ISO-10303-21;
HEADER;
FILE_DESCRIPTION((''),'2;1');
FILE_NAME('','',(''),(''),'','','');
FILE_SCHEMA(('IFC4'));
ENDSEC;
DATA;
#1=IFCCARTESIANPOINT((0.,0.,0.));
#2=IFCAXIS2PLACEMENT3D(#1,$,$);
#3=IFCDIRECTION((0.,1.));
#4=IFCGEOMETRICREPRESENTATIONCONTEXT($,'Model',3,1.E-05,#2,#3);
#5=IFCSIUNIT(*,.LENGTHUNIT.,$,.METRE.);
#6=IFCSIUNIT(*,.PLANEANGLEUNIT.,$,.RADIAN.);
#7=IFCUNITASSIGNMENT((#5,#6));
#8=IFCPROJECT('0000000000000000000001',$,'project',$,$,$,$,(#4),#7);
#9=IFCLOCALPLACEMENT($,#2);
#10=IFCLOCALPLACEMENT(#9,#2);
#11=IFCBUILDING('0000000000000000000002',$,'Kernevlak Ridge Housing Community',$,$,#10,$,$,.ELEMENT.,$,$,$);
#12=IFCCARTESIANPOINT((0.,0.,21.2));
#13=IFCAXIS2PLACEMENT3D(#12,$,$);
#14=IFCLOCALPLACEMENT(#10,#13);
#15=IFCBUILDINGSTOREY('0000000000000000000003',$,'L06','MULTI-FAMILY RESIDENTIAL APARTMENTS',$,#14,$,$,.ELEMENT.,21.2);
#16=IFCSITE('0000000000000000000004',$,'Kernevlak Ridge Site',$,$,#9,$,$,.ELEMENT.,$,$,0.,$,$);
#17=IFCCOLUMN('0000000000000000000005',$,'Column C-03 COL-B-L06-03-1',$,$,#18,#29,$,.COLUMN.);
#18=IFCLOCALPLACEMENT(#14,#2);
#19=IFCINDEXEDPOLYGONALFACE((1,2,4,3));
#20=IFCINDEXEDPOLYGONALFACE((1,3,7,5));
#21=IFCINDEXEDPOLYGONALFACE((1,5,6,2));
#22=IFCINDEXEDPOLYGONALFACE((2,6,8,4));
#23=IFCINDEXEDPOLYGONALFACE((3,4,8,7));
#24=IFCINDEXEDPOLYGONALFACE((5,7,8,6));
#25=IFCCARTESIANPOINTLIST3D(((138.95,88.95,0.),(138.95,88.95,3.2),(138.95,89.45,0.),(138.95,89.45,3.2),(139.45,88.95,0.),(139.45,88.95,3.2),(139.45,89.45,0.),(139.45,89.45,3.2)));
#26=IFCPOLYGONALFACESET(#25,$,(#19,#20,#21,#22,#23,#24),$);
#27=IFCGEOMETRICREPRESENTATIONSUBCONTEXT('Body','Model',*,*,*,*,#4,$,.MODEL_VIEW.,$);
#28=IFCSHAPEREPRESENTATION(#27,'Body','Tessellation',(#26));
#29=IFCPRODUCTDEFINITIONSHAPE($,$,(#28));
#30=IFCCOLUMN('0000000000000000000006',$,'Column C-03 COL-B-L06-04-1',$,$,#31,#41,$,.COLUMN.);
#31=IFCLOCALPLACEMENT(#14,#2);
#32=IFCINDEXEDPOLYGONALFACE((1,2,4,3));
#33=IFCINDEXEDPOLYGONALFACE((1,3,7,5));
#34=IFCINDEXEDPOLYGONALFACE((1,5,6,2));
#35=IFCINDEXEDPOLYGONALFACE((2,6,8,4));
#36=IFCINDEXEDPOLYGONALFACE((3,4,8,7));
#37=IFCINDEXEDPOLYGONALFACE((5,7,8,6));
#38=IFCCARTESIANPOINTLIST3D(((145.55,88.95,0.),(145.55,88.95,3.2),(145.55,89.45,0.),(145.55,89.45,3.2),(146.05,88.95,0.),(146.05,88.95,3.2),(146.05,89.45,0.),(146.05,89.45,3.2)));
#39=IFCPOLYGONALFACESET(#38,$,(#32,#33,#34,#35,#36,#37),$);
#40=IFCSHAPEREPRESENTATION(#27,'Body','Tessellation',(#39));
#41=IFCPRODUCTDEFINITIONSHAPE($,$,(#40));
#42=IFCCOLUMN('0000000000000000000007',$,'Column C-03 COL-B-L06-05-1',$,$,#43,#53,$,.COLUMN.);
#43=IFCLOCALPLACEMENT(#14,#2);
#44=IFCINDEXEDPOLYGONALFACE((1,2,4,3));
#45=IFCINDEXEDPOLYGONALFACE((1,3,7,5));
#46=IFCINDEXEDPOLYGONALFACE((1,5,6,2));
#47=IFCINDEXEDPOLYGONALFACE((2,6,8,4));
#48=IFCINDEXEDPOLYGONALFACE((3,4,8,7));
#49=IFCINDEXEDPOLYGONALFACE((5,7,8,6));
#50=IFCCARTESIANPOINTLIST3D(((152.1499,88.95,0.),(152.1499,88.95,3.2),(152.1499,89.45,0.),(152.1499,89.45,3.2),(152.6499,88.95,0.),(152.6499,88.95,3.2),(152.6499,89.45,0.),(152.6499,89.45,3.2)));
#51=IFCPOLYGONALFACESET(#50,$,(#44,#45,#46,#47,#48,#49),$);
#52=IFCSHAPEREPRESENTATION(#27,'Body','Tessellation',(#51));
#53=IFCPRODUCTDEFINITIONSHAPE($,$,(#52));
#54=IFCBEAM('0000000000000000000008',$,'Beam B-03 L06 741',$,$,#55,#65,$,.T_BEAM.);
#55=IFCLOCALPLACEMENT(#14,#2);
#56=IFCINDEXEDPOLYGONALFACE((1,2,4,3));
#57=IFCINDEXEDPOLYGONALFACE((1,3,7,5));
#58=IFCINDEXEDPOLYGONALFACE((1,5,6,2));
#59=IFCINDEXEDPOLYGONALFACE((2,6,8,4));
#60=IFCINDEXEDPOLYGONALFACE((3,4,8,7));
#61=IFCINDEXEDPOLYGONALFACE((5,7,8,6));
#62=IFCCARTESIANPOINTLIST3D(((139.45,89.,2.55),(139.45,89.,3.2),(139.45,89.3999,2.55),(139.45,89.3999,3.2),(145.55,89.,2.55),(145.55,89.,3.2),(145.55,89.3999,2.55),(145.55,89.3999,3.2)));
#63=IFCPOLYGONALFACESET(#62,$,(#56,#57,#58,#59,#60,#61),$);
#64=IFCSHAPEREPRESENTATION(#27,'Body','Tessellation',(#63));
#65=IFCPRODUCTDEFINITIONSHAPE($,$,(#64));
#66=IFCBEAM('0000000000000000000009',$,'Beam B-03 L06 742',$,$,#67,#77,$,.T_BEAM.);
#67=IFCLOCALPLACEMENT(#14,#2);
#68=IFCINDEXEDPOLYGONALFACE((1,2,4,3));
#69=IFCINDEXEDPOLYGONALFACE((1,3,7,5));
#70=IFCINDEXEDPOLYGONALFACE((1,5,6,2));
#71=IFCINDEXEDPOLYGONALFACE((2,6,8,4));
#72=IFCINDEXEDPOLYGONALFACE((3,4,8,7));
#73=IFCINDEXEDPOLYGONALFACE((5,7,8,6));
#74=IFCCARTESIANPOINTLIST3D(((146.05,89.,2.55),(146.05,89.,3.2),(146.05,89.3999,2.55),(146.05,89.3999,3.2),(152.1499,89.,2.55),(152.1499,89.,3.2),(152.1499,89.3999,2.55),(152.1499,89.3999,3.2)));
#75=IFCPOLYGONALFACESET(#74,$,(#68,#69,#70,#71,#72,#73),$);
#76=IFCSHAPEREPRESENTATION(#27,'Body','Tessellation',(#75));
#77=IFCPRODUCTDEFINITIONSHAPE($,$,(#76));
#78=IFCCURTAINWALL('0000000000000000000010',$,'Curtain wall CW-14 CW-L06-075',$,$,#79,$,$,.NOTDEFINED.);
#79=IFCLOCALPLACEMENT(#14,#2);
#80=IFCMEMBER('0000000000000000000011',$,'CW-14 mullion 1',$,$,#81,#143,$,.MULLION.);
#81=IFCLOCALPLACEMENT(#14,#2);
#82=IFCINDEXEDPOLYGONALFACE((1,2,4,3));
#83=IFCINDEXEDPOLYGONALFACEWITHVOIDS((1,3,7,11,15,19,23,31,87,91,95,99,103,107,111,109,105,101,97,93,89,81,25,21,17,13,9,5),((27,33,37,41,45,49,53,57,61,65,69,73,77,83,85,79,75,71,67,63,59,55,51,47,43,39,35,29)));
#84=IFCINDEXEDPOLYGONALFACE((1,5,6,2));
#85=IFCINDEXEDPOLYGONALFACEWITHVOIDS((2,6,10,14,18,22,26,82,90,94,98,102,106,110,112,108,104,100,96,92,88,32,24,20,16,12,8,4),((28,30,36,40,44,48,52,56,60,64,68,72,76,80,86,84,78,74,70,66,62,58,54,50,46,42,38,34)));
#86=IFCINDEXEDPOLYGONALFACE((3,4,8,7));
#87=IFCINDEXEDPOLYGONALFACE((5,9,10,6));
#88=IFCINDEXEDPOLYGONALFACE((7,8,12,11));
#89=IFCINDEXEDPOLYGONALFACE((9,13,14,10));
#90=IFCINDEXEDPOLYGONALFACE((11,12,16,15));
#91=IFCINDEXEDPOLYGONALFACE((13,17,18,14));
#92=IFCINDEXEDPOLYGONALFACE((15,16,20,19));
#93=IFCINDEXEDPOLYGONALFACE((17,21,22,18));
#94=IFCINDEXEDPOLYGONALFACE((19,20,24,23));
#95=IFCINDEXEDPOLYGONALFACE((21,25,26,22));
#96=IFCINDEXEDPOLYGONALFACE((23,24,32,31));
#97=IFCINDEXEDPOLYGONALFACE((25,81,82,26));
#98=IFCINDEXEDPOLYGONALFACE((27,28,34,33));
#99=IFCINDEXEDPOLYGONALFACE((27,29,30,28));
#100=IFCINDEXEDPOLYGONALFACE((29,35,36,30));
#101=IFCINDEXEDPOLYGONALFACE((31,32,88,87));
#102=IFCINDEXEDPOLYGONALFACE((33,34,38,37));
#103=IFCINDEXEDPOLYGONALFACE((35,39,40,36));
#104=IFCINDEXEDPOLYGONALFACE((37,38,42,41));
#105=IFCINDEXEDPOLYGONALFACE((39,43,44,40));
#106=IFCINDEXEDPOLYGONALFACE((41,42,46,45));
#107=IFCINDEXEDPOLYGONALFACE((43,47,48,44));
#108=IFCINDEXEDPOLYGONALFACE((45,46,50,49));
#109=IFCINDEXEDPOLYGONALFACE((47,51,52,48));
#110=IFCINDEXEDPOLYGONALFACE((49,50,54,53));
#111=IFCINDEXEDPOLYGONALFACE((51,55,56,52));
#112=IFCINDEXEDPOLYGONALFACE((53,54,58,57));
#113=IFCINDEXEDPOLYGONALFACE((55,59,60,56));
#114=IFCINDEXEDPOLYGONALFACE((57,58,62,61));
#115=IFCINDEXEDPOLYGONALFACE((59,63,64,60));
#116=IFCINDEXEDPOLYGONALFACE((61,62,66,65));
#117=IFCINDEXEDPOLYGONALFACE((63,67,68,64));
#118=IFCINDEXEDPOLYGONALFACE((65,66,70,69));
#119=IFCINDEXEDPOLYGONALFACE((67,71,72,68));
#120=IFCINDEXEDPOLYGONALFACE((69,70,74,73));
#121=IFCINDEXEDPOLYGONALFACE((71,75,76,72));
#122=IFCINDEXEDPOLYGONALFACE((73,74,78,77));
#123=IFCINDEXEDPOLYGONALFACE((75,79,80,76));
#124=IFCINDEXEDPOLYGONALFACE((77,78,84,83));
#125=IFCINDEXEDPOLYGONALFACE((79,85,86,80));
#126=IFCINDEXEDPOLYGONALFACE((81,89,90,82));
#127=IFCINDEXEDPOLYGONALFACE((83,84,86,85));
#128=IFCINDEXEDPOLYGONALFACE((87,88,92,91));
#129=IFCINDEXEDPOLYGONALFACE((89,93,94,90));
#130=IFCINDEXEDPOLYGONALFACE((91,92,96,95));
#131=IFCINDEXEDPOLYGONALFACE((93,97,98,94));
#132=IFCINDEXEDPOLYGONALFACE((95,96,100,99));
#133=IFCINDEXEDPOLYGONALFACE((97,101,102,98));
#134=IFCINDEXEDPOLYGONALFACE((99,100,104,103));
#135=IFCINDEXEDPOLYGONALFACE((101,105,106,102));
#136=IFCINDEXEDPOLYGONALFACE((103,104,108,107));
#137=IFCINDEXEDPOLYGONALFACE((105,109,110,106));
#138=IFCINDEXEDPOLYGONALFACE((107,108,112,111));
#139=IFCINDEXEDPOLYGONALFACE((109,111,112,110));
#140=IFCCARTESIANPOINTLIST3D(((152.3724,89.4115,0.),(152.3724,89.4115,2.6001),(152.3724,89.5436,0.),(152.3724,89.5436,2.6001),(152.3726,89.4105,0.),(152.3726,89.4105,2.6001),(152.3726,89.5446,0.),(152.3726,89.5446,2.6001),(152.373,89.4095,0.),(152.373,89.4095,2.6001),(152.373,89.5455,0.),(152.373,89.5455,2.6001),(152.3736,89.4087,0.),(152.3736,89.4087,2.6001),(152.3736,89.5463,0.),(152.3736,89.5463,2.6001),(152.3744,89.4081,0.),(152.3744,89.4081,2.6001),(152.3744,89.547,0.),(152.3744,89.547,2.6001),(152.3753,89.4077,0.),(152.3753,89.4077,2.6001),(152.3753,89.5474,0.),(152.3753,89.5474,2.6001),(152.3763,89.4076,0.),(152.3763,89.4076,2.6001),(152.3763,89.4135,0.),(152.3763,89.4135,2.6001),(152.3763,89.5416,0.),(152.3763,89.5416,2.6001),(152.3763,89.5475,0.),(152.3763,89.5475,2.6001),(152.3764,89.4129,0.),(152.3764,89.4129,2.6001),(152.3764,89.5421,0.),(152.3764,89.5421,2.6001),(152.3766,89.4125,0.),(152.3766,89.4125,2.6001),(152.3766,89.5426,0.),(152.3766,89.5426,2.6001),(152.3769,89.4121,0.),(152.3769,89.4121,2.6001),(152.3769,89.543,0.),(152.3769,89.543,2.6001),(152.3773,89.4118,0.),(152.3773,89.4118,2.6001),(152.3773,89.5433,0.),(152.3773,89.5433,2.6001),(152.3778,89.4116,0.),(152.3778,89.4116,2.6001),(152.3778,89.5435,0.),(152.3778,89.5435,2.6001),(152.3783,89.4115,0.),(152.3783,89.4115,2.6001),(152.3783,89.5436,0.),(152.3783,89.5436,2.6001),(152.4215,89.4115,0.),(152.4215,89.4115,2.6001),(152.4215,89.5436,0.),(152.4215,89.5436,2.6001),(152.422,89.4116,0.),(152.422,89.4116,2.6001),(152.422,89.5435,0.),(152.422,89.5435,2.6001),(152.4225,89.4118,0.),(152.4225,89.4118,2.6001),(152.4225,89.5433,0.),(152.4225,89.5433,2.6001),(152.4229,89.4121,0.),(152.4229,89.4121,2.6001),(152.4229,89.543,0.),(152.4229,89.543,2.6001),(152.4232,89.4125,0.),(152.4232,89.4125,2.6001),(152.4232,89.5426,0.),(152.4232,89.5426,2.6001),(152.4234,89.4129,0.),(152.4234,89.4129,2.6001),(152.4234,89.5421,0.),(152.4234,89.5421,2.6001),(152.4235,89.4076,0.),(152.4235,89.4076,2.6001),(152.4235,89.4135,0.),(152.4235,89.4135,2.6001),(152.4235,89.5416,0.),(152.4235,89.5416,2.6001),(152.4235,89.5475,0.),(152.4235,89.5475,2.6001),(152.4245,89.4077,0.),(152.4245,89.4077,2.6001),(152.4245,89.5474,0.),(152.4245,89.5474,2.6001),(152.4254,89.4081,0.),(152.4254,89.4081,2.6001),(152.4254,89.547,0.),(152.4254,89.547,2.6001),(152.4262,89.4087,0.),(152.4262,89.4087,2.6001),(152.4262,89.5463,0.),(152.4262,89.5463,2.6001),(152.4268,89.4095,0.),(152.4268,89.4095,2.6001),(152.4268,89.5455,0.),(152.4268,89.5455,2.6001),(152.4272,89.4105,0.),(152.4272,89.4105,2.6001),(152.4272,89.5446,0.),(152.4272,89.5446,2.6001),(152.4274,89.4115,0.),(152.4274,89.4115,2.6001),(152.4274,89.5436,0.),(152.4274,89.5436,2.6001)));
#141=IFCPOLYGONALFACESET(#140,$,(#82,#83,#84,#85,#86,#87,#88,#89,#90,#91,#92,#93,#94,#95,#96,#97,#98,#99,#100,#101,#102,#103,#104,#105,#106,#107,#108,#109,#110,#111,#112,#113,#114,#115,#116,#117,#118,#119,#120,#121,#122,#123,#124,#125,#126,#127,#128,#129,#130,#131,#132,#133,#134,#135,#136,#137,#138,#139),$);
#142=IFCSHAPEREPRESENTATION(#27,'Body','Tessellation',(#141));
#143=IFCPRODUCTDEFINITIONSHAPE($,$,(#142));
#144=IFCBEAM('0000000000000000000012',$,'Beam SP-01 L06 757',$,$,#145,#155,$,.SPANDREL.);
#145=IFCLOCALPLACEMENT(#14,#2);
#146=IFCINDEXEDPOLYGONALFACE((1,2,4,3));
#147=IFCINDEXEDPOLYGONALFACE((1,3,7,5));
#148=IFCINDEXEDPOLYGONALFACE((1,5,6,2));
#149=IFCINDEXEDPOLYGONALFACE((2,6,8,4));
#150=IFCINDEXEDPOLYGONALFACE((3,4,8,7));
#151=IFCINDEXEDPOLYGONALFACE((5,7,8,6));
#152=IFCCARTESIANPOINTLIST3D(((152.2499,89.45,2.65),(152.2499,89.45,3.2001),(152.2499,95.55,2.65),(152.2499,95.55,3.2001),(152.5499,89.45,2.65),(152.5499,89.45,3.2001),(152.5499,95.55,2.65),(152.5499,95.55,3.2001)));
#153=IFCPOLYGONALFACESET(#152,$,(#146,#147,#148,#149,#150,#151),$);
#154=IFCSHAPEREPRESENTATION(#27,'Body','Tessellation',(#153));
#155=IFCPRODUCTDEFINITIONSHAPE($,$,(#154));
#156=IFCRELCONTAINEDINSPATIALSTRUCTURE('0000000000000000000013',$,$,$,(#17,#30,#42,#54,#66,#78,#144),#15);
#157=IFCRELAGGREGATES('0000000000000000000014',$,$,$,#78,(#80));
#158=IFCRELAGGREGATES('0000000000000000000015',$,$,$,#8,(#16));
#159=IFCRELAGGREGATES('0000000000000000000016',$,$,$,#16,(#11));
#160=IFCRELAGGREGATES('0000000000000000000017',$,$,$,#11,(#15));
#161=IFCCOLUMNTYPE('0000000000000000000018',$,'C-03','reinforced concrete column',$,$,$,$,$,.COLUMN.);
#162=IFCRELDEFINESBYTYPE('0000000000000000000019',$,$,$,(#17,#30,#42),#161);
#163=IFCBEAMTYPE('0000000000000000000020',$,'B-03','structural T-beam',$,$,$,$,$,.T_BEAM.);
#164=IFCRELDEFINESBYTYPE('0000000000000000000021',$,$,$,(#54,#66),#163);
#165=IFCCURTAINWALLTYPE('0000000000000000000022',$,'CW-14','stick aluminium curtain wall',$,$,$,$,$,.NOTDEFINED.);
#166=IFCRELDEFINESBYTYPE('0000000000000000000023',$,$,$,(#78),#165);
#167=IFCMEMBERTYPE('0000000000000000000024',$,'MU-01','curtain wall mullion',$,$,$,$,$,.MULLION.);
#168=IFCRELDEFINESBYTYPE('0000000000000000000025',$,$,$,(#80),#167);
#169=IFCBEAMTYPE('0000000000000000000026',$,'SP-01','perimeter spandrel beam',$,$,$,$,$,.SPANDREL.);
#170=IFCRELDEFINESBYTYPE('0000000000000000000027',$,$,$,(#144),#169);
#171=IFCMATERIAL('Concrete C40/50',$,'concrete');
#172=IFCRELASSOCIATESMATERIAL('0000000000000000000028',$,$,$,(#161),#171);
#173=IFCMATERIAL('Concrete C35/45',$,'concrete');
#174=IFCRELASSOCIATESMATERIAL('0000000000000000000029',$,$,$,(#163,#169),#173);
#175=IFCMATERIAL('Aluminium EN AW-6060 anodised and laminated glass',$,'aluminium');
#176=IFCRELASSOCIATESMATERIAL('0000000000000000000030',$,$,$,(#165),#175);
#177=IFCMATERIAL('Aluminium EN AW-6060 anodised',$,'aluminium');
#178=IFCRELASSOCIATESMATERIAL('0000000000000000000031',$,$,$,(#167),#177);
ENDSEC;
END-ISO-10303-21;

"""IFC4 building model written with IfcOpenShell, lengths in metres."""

from ifc_helpers import new_model, si_unit, direction, frame, origin, origin_2d, place, context, subcontext, project, spatial, rectangle, hollow_rectangle, extrude, material, material_profile, profile_set, type_object, element, aggregate, save


model = new_model("IFC4")

# Units and contexts
model_context = context("Model", 3, precision=1e-05, world=origin(), true_north=direction((0.0, 1.0)))
body_context = subcontext(model_context, "Body", "Model", "MODEL_VIEW")
ifc_project = project(units=[si_unit("LENGTHUNIT", "METRE"), si_unit("PLANEANGLEUNIT", "RADIAN")], contexts=[model_context])

# Site, building, storey
site_placement = place(None, origin())
site = spatial("IfcSite", under=ifc_project, at=site_placement, Name="Kernevlak Ridge Site", CompositionType="ELEMENT", RefElevation=0.0)
building_placement = place(site_placement, origin())
building = spatial("IfcBuilding", under=site, at=building_placement, Name="Kernevlak Ridge Housing Community", CompositionType="ELEMENT")
storey_placement = place(building_placement, frame((0.0, 0.0, 21.2)))
storey = spatial("IfcBuildingStorey", under=building, at=storey_placement, Name="L06", Description="MULTI-FAMILY RESIDENTIAL APARTMENTS", CompositionType="ELEMENT", Elevation=21.2)

# Columns
ifc_material_1 = material(Name="Concrete C40/50", Category="concrete")
ifc_material_profile_1 = material_profile(ifc_material_1, rectangle(XDim=0.5, YDim=0.5, at=origin_2d()), Name="RC 500x500")
ifc_profile_set_1 = profile_set([ifc_material_profile_1], Name="Concrete C40/50")
column_type = type_object("IfcColumnType", Name="C-03", Description="reinforced concrete column", PredefinedType="COLUMN", material=ifc_profile_set_1)
for number, where, z_axis, x_axis, name in (
    (1, (139.2, 89.2, 0.0), (0.0, 0.0, 1.0), (1.0, 0.0, 0.0), "Column C-03 COL-B-L06-03-1"),
    (2, (145.8, 89.2, 0.0), (0.0, 0.0, 1.0), (1.0, 0.0, 0.0), "Column C-03 COL-B-L06-04-1"),
    (3, (152.3999, 89.2, 0.0), (0.0, 0.0, 1.0), (1.0, 0.0, 0.0), "Column C-03 COL-B-L06-05-1"),
):
    element("IfcColumn", number, at=place(storey_placement, frame(where, z_axis=z_axis, x_axis=x_axis)), inside=storey, type_object=column_type, Name=name, PredefinedType="COLUMN", context=body_context, shape_type="SweptSolid", body=[
        extrude(rectangle(XDim=0.5, YDim=0.5, at=origin_2d()), origin(), (0.0, 0.0, 1.0), 3.2),
    ])

# Beams
ifc_material_2 = material(Name="Concrete C35/45", Category="concrete")
ifc_material_profile_2 = material_profile(ifc_material_2, rectangle(XDim=0.3999, YDim=0.6499, at=origin_2d()), Name="RC 400x650")
ifc_profile_set_2 = profile_set([ifc_material_profile_2], Name="Concrete C35/45")
beam_type_1 = type_object("IfcBeamType", Name="B-03", Description="structural T-beam", PredefinedType="T_BEAM", material=ifc_profile_set_2)
beam_1_placement = place(storey_placement, frame((139.45, 89.2, 2.875), z_axis=(1.0, 0.0, 0.0), x_axis=(0.0, 1.0, 0.0)))
element("IfcBeam", 4, at=beam_1_placement, inside=storey, type_object=beam_type_1, Name="Beam B-03 L06 741", PredefinedType="T_BEAM", context=body_context, shape_type="SweptSolid", body=[
    extrude(rectangle(XDim=0.3999, YDim=0.6499, at=origin_2d()), origin(), (0.0, 0.0, 1.0), 6.1001),
])
beam_2_placement = place(storey_placement, frame((146.05, 89.2, 2.875), z_axis=(1.0, 0.0, 0.0), x_axis=(0.0, 1.0, 0.0)))
element("IfcBeam", 5, at=beam_2_placement, inside=storey, type_object=beam_type_1, Name="Beam B-03 L06 742", PredefinedType="T_BEAM", context=body_context, shape_type="SweptSolid", body=[
    extrude(rectangle(XDim=0.3999, YDim=0.6499, at=origin_2d()), origin(), (0.0, 0.0, 1.0), 6.0999),
])

# Curtain wall, member
ifc_material_3 = material(Name="Aluminium EN AW-6060 anodised and laminated glass", Category="aluminium")
curtain_wall_type = type_object("IfcCurtainWallType", Name="CW-14", Description="stick aluminium curtain wall", PredefinedType="NOTDEFINED", material=ifc_material_3)
curtain_wall_placement = place(storey_placement, origin())
curtain_wall = element("IfcCurtainWall", 6, at=curtain_wall_placement, inside=storey, type_object=curtain_wall_type, Name="Curtain wall CW-14 CW-L06-075", PredefinedType="NOTDEFINED")
ifc_material_4 = material(Name="Aluminium EN AW-6060 anodised", Category="aluminium")
ifc_material_profile_3 = material_profile(ifc_material_4, hollow_rectangle(XDim=0.0549, YDim=0.1399, WallThickness=0.0039, InnerFilletRadius=0.002, OuterFilletRadius=0.0039, at=origin_2d()), Name="ALU 55x140x4")
ifc_profile_set_3 = profile_set([ifc_material_profile_3], Name="Aluminium EN AW-6060 anodised")
member_type_1 = type_object("IfcMemberType", Name="MU-01", Description="curtain wall mullion", PredefinedType="MULLION", material=ifc_profile_set_3)
member_1_placement = place(storey_placement, frame((152.3999, 89.4775, 0.0), z_axis=(0.0, 0.0, 1.0), x_axis=(-1.0, 0.0, 0.0)))
member_1 = element("IfcMember", 7, at=member_1_placement, type_object=member_type_1, Name="CW-14 mullion 1", PredefinedType="MULLION", context=body_context, shape_type="SweptSolid", body=[
    extrude(hollow_rectangle(XDim=0.0549, YDim=0.1399, WallThickness=0.0039, InnerFilletRadius=0.002, OuterFilletRadius=0.0039, at=origin_2d()), origin(), (0.0, 0.0, 1.0), 2.6001),
])

# Beam
ifc_material_profile_4 = material_profile(ifc_material_2, rectangle(XDim=0.3, YDim=0.55, at=origin_2d()), Name="RC 300x550")
ifc_profile_set_4 = profile_set([ifc_material_profile_4], Name="Concrete C35/45")
beam_type_2 = type_object("IfcBeamType", Name="SP-01", Description="perimeter spandrel beam", PredefinedType="SPANDREL", material=ifc_profile_set_4)
beam_3_placement = place(storey_placement, frame((152.3999, 89.45, 2.925), z_axis=(0.0, 1.0, 0.0), x_axis=(-1.0, 0.0, 0.0)))
element("IfcBeam", 8, at=beam_3_placement, inside=storey, type_object=beam_type_2, Name="Beam SP-01 L06 757", PredefinedType="SPANDREL", context=body_context, shape_type="SweptSolid", body=[
    extrude(rectangle(XDim=0.3, YDim=0.55, at=origin_2d()), origin(), (0.0, 0.0, 1.0), 6.1001),
])

aggregate(curtain_wall, [member_1])

save(model, "model.ifc")
